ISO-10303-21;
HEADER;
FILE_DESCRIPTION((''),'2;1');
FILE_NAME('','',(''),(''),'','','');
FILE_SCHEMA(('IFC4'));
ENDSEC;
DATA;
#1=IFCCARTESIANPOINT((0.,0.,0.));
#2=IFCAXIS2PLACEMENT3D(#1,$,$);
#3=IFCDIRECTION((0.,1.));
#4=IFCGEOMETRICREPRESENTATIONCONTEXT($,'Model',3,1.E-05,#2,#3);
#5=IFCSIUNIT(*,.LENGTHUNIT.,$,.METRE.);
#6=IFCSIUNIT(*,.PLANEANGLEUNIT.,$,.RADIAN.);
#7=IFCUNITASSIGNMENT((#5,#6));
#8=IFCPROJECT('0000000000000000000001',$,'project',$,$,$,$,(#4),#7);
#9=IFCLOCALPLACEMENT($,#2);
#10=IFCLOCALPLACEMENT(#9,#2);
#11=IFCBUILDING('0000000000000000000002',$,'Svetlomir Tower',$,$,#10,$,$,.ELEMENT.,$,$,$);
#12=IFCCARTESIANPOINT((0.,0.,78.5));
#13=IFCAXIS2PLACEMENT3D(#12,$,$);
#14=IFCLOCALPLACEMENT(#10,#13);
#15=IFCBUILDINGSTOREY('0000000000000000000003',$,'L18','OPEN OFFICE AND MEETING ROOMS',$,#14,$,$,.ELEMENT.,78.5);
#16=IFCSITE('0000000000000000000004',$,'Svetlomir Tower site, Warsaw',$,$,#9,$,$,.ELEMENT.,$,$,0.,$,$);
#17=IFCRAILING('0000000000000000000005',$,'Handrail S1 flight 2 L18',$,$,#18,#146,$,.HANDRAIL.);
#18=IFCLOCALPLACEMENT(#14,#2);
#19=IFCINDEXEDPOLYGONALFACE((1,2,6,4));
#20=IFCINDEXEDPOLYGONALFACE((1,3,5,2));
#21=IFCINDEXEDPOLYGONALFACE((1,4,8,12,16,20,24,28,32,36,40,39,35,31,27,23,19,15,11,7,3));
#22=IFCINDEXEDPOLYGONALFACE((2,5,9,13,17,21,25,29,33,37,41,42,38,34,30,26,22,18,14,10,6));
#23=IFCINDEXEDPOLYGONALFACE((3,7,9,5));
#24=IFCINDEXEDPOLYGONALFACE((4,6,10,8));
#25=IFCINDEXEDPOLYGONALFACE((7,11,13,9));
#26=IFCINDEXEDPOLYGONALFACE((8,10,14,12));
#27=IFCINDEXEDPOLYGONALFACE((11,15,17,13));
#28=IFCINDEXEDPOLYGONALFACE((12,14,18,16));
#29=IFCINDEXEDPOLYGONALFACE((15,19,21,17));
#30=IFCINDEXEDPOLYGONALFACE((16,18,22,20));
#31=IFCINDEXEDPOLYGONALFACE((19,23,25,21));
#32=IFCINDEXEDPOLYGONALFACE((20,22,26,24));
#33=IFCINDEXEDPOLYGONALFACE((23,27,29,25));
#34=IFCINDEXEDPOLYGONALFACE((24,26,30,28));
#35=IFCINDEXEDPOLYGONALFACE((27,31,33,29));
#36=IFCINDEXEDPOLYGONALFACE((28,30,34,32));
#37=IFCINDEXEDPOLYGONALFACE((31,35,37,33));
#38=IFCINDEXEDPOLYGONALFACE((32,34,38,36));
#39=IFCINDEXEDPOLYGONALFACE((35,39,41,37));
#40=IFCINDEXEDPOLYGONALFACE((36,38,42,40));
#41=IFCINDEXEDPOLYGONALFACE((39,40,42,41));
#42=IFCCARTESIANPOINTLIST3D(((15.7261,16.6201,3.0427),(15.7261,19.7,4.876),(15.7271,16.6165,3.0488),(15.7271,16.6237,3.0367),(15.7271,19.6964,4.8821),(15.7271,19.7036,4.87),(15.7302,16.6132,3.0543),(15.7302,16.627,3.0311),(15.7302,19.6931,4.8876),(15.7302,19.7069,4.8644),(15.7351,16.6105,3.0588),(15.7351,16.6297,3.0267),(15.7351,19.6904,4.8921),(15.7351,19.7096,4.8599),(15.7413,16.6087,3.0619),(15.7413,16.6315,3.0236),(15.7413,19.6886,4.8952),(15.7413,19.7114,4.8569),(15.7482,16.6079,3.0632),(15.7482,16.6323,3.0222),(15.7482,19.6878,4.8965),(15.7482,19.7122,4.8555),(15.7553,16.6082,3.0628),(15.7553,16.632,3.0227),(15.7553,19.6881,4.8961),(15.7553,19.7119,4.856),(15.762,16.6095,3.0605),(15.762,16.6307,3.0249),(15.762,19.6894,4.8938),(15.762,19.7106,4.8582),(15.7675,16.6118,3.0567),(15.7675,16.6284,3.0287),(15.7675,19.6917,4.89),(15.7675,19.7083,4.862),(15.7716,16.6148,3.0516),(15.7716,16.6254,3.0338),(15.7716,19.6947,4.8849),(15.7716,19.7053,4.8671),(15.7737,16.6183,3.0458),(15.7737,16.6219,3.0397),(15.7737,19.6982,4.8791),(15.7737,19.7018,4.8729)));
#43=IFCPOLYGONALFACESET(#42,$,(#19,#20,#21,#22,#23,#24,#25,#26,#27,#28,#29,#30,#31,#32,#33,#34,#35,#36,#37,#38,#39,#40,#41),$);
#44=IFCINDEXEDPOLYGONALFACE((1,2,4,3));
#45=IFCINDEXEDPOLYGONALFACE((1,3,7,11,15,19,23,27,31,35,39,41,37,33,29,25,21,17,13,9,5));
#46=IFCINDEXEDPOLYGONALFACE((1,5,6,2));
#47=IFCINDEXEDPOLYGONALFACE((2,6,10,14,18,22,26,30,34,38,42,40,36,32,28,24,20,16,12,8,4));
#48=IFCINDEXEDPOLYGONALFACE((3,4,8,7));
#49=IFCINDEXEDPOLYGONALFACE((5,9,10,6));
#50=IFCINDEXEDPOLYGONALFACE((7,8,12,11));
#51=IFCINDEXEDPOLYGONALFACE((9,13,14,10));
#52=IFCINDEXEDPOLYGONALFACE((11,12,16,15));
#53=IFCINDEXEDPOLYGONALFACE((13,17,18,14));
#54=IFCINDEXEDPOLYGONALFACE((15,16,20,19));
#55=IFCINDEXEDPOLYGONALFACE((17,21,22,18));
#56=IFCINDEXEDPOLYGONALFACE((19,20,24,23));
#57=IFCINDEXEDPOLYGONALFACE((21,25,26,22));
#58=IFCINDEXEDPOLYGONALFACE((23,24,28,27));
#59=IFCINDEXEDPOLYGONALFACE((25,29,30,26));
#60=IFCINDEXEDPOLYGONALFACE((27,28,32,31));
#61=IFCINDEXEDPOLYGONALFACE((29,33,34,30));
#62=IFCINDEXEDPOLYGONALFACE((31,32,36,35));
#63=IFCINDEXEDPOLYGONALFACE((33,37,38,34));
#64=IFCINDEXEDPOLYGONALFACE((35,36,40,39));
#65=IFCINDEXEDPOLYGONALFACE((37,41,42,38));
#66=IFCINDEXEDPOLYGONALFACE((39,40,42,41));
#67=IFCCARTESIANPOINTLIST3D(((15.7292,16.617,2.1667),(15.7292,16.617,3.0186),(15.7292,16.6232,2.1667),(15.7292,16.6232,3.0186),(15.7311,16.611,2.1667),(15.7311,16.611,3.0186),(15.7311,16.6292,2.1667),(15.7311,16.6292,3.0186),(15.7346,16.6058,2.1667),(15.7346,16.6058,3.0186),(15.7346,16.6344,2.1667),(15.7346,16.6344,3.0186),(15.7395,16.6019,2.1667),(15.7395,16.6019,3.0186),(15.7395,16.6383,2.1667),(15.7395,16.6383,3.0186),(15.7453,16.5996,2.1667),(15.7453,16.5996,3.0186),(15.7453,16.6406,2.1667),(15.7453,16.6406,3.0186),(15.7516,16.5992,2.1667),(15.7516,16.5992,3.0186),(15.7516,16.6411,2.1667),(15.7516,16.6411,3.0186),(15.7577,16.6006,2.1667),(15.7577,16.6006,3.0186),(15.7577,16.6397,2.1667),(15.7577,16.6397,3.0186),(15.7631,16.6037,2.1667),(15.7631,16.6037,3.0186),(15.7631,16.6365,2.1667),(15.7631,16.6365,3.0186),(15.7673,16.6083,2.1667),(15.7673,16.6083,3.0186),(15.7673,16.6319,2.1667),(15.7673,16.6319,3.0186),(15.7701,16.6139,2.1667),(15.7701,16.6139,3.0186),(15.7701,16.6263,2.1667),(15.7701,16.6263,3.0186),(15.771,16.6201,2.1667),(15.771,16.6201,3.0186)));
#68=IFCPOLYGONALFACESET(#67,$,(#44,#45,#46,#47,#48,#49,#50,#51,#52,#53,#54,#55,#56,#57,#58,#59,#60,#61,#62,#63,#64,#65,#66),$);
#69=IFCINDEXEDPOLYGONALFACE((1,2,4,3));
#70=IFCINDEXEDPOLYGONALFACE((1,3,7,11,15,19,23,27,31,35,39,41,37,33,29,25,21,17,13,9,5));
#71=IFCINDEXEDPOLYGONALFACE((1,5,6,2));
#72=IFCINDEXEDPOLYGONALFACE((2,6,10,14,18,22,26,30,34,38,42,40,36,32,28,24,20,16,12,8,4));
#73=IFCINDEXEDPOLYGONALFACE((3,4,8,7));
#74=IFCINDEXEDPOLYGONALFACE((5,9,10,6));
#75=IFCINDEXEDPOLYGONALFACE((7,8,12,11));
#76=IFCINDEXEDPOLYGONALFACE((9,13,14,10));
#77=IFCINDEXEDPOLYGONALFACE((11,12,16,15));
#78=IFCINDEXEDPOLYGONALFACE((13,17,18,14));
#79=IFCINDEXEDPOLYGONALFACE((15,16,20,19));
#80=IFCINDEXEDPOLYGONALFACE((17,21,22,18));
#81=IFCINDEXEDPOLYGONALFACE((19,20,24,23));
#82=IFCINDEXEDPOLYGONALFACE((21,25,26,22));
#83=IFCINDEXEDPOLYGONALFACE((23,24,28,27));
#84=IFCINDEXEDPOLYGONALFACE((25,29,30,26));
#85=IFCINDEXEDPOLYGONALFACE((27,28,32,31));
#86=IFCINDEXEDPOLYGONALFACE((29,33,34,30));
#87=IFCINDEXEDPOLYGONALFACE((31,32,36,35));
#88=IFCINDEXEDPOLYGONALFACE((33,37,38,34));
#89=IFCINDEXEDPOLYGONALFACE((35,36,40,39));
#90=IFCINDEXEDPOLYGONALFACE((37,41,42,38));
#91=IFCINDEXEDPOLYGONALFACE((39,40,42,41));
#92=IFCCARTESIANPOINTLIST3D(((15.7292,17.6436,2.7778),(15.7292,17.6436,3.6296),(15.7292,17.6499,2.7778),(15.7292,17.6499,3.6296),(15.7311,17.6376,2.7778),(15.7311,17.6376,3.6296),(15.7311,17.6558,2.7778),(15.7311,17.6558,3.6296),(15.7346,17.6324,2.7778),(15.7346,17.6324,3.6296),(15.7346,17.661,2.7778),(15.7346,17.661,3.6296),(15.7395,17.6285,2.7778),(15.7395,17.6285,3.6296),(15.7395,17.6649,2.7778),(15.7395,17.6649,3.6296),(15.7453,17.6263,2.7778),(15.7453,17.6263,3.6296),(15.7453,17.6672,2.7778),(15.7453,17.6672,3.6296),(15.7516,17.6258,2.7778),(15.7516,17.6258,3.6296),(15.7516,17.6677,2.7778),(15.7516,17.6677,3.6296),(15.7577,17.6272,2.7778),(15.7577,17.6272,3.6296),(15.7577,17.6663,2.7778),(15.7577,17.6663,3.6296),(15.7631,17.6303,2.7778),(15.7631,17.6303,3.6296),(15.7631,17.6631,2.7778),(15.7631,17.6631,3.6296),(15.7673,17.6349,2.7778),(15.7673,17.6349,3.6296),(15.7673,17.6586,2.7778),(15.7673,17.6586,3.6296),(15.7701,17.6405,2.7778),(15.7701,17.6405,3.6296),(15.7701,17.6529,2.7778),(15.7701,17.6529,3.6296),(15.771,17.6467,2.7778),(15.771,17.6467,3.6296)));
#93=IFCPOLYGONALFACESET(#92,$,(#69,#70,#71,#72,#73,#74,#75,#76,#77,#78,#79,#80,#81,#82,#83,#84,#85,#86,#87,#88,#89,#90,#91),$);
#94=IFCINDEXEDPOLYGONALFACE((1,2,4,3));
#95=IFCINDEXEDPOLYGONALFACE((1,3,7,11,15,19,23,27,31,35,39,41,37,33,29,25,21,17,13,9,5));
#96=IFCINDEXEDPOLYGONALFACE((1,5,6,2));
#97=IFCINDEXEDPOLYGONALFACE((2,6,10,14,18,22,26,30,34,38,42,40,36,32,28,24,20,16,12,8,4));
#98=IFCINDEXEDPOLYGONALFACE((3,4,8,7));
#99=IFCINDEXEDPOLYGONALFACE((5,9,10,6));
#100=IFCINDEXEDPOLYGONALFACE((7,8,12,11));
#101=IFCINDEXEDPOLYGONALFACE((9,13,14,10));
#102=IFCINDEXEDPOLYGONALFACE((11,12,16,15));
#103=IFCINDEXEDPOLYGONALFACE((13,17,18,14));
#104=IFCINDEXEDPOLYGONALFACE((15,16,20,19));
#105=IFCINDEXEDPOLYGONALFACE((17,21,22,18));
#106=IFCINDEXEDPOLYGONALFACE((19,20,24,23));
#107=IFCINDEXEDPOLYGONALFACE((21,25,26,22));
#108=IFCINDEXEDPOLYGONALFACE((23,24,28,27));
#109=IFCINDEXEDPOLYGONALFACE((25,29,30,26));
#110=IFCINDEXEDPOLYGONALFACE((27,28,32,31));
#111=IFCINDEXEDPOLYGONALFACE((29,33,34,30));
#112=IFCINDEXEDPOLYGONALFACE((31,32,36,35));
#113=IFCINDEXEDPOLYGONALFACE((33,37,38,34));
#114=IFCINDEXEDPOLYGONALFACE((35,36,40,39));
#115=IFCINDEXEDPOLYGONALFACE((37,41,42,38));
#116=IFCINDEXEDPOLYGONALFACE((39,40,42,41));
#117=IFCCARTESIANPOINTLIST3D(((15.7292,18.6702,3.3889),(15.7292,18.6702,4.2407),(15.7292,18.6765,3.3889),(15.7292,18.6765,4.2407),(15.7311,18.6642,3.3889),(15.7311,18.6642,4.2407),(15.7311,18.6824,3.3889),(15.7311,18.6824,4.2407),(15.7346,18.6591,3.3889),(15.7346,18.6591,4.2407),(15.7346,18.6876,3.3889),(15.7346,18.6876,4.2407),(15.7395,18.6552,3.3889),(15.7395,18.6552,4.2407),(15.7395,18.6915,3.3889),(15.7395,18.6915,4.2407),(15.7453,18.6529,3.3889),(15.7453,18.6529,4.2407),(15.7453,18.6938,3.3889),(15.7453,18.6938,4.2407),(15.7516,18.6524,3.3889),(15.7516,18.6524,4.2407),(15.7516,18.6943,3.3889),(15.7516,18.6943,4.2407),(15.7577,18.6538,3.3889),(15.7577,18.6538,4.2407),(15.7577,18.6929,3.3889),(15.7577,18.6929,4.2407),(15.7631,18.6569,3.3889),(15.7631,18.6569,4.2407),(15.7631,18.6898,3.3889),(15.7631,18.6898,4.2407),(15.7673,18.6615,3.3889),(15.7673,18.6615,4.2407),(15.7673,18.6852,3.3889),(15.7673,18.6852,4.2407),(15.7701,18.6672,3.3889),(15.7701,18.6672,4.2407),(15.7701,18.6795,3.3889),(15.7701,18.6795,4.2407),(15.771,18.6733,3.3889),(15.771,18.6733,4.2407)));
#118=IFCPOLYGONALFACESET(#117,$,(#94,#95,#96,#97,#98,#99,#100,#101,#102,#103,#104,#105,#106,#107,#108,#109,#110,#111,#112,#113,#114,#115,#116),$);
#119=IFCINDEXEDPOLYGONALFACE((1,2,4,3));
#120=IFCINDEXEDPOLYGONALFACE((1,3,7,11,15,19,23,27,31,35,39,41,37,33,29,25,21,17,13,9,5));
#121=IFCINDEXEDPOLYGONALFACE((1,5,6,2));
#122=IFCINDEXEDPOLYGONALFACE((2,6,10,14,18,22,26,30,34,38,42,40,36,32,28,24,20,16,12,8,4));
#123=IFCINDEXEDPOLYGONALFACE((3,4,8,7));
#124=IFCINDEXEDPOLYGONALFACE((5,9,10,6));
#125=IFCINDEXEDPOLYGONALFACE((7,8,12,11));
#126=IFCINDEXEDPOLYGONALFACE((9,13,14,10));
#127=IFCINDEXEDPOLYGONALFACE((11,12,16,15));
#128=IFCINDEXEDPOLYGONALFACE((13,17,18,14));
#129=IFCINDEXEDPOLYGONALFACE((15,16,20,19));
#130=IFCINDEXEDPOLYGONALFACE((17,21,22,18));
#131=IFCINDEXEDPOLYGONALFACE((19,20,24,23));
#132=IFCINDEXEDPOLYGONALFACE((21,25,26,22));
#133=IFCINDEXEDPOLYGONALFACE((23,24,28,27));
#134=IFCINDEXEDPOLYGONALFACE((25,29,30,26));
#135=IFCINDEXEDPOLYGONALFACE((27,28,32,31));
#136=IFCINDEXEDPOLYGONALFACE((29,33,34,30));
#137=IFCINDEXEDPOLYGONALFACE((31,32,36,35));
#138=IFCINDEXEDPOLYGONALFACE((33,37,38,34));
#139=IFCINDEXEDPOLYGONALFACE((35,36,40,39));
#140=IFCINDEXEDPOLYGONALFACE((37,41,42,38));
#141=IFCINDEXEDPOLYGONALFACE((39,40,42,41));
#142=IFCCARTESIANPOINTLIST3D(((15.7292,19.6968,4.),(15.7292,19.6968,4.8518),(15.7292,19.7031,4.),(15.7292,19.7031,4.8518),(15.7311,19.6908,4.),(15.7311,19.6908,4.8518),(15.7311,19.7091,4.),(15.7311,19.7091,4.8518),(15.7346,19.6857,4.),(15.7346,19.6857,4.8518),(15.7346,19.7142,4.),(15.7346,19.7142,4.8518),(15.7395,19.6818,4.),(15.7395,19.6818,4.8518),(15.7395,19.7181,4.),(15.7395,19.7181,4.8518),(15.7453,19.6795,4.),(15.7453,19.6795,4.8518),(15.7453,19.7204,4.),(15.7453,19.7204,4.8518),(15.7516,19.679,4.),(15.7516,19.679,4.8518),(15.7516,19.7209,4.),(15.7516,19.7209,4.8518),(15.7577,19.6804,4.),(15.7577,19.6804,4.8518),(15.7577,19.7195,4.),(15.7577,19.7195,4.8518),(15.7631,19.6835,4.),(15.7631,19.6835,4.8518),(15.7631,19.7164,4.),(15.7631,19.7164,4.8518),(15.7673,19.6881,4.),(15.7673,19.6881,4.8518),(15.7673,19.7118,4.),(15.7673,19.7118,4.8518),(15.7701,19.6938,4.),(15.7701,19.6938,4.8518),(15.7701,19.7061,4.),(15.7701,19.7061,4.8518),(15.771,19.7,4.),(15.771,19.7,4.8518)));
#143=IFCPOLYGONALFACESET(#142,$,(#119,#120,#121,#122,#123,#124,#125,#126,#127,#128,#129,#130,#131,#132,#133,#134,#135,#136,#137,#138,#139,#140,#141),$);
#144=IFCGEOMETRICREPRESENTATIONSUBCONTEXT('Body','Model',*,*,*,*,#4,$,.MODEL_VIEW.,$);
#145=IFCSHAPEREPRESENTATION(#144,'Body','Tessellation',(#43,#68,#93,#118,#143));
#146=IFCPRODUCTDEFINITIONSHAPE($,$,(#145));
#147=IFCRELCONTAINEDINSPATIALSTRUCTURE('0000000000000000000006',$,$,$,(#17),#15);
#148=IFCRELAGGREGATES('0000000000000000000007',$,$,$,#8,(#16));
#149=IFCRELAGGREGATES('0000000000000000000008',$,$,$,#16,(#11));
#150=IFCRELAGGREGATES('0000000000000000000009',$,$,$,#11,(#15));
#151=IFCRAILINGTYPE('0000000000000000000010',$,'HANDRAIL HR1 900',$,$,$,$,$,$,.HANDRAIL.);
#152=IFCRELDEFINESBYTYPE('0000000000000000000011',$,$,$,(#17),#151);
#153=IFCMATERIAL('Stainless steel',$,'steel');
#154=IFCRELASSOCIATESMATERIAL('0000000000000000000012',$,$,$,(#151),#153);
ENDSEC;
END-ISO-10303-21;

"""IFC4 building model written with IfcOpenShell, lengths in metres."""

from ifc_helpers import new_model, si_unit, direction, frame, origin, origin_2d, place, context, subcontext, project, spatial, circle, extrude, material, type_object, element, save


model = new_model("IFC4")

# Units and contexts
model_context = context("Model", 3, precision=1e-05, world=origin(), true_north=direction((0.0, 1.0)))
body_context = subcontext(model_context, "Body", "Model", "MODEL_VIEW")
ifc_project = project(units=[si_unit("LENGTHUNIT", "METRE"), si_unit("PLANEANGLEUNIT", "RADIAN")], contexts=[model_context])

# Site, building, storey
site_placement = place(None, origin())
site = spatial("IfcSite", under=ifc_project, at=site_placement, Name="Svetlomir Tower site, Warsaw", CompositionType="ELEMENT", RefElevation=0.0)
building_placement = place(site_placement, origin())
building = spatial("IfcBuilding", under=site, at=building_placement, Name="Svetlomir Tower", CompositionType="ELEMENT")
storey_placement = place(building_placement, frame((0.0, 0.0, 78.5)))
storey = spatial("IfcBuildingStorey", under=building, at=storey_placement, Name="L18", Description="OPEN OFFICE AND MEETING ROOMS", CompositionType="ELEMENT", Elevation=78.5)

# Railing
ifc_material_1 = material(Name="Stainless steel", Category="steel")
railing_type = type_object("IfcRailingType", Name="HANDRAIL HR1 900", PredefinedType="HANDRAIL", material=ifc_material_1)
railing_1_placement = place(storey_placement, frame((15.75, 16.6201, 2.1667)))
element("IfcRailing", 1, at=railing_1_placement, inside=storey, type_object=railing_type, Name="Handrail S1 flight 2 L18", PredefinedType="HANDRAIL", context=body_context, shape_type="SweptSolid", body=[
    extrude(circle(Radius=0.0239, at=origin_2d()), frame((0.0, 0.0, 0.876), z_axis=(0.0, 0.859291, 0.511487), x_axis=(-1.0, 0.0, 0.0)), (0.0, 0.0, 1.0), 3.5842),
    extrude(circle(Radius=0.021, at=origin_2d()), origin(), (0.0, 0.0, 1.0), 0.8518),
    extrude(circle(Radius=0.021, at=origin_2d()), frame((0.0, 1.0266, 0.6111)), (0.0, 0.0, 1.0), 0.8518),
    extrude(circle(Radius=0.021, at=origin_2d()), frame((0.0, 2.0532, 1.2222)), (0.0, 0.0, 1.0), 0.8518),
    extrude(circle(Radius=0.021, at=origin_2d()), frame((0.0, 3.0798, 1.8333)), (0.0, 0.0, 1.0), 0.8518),
])

save(model, "model.ifc")
